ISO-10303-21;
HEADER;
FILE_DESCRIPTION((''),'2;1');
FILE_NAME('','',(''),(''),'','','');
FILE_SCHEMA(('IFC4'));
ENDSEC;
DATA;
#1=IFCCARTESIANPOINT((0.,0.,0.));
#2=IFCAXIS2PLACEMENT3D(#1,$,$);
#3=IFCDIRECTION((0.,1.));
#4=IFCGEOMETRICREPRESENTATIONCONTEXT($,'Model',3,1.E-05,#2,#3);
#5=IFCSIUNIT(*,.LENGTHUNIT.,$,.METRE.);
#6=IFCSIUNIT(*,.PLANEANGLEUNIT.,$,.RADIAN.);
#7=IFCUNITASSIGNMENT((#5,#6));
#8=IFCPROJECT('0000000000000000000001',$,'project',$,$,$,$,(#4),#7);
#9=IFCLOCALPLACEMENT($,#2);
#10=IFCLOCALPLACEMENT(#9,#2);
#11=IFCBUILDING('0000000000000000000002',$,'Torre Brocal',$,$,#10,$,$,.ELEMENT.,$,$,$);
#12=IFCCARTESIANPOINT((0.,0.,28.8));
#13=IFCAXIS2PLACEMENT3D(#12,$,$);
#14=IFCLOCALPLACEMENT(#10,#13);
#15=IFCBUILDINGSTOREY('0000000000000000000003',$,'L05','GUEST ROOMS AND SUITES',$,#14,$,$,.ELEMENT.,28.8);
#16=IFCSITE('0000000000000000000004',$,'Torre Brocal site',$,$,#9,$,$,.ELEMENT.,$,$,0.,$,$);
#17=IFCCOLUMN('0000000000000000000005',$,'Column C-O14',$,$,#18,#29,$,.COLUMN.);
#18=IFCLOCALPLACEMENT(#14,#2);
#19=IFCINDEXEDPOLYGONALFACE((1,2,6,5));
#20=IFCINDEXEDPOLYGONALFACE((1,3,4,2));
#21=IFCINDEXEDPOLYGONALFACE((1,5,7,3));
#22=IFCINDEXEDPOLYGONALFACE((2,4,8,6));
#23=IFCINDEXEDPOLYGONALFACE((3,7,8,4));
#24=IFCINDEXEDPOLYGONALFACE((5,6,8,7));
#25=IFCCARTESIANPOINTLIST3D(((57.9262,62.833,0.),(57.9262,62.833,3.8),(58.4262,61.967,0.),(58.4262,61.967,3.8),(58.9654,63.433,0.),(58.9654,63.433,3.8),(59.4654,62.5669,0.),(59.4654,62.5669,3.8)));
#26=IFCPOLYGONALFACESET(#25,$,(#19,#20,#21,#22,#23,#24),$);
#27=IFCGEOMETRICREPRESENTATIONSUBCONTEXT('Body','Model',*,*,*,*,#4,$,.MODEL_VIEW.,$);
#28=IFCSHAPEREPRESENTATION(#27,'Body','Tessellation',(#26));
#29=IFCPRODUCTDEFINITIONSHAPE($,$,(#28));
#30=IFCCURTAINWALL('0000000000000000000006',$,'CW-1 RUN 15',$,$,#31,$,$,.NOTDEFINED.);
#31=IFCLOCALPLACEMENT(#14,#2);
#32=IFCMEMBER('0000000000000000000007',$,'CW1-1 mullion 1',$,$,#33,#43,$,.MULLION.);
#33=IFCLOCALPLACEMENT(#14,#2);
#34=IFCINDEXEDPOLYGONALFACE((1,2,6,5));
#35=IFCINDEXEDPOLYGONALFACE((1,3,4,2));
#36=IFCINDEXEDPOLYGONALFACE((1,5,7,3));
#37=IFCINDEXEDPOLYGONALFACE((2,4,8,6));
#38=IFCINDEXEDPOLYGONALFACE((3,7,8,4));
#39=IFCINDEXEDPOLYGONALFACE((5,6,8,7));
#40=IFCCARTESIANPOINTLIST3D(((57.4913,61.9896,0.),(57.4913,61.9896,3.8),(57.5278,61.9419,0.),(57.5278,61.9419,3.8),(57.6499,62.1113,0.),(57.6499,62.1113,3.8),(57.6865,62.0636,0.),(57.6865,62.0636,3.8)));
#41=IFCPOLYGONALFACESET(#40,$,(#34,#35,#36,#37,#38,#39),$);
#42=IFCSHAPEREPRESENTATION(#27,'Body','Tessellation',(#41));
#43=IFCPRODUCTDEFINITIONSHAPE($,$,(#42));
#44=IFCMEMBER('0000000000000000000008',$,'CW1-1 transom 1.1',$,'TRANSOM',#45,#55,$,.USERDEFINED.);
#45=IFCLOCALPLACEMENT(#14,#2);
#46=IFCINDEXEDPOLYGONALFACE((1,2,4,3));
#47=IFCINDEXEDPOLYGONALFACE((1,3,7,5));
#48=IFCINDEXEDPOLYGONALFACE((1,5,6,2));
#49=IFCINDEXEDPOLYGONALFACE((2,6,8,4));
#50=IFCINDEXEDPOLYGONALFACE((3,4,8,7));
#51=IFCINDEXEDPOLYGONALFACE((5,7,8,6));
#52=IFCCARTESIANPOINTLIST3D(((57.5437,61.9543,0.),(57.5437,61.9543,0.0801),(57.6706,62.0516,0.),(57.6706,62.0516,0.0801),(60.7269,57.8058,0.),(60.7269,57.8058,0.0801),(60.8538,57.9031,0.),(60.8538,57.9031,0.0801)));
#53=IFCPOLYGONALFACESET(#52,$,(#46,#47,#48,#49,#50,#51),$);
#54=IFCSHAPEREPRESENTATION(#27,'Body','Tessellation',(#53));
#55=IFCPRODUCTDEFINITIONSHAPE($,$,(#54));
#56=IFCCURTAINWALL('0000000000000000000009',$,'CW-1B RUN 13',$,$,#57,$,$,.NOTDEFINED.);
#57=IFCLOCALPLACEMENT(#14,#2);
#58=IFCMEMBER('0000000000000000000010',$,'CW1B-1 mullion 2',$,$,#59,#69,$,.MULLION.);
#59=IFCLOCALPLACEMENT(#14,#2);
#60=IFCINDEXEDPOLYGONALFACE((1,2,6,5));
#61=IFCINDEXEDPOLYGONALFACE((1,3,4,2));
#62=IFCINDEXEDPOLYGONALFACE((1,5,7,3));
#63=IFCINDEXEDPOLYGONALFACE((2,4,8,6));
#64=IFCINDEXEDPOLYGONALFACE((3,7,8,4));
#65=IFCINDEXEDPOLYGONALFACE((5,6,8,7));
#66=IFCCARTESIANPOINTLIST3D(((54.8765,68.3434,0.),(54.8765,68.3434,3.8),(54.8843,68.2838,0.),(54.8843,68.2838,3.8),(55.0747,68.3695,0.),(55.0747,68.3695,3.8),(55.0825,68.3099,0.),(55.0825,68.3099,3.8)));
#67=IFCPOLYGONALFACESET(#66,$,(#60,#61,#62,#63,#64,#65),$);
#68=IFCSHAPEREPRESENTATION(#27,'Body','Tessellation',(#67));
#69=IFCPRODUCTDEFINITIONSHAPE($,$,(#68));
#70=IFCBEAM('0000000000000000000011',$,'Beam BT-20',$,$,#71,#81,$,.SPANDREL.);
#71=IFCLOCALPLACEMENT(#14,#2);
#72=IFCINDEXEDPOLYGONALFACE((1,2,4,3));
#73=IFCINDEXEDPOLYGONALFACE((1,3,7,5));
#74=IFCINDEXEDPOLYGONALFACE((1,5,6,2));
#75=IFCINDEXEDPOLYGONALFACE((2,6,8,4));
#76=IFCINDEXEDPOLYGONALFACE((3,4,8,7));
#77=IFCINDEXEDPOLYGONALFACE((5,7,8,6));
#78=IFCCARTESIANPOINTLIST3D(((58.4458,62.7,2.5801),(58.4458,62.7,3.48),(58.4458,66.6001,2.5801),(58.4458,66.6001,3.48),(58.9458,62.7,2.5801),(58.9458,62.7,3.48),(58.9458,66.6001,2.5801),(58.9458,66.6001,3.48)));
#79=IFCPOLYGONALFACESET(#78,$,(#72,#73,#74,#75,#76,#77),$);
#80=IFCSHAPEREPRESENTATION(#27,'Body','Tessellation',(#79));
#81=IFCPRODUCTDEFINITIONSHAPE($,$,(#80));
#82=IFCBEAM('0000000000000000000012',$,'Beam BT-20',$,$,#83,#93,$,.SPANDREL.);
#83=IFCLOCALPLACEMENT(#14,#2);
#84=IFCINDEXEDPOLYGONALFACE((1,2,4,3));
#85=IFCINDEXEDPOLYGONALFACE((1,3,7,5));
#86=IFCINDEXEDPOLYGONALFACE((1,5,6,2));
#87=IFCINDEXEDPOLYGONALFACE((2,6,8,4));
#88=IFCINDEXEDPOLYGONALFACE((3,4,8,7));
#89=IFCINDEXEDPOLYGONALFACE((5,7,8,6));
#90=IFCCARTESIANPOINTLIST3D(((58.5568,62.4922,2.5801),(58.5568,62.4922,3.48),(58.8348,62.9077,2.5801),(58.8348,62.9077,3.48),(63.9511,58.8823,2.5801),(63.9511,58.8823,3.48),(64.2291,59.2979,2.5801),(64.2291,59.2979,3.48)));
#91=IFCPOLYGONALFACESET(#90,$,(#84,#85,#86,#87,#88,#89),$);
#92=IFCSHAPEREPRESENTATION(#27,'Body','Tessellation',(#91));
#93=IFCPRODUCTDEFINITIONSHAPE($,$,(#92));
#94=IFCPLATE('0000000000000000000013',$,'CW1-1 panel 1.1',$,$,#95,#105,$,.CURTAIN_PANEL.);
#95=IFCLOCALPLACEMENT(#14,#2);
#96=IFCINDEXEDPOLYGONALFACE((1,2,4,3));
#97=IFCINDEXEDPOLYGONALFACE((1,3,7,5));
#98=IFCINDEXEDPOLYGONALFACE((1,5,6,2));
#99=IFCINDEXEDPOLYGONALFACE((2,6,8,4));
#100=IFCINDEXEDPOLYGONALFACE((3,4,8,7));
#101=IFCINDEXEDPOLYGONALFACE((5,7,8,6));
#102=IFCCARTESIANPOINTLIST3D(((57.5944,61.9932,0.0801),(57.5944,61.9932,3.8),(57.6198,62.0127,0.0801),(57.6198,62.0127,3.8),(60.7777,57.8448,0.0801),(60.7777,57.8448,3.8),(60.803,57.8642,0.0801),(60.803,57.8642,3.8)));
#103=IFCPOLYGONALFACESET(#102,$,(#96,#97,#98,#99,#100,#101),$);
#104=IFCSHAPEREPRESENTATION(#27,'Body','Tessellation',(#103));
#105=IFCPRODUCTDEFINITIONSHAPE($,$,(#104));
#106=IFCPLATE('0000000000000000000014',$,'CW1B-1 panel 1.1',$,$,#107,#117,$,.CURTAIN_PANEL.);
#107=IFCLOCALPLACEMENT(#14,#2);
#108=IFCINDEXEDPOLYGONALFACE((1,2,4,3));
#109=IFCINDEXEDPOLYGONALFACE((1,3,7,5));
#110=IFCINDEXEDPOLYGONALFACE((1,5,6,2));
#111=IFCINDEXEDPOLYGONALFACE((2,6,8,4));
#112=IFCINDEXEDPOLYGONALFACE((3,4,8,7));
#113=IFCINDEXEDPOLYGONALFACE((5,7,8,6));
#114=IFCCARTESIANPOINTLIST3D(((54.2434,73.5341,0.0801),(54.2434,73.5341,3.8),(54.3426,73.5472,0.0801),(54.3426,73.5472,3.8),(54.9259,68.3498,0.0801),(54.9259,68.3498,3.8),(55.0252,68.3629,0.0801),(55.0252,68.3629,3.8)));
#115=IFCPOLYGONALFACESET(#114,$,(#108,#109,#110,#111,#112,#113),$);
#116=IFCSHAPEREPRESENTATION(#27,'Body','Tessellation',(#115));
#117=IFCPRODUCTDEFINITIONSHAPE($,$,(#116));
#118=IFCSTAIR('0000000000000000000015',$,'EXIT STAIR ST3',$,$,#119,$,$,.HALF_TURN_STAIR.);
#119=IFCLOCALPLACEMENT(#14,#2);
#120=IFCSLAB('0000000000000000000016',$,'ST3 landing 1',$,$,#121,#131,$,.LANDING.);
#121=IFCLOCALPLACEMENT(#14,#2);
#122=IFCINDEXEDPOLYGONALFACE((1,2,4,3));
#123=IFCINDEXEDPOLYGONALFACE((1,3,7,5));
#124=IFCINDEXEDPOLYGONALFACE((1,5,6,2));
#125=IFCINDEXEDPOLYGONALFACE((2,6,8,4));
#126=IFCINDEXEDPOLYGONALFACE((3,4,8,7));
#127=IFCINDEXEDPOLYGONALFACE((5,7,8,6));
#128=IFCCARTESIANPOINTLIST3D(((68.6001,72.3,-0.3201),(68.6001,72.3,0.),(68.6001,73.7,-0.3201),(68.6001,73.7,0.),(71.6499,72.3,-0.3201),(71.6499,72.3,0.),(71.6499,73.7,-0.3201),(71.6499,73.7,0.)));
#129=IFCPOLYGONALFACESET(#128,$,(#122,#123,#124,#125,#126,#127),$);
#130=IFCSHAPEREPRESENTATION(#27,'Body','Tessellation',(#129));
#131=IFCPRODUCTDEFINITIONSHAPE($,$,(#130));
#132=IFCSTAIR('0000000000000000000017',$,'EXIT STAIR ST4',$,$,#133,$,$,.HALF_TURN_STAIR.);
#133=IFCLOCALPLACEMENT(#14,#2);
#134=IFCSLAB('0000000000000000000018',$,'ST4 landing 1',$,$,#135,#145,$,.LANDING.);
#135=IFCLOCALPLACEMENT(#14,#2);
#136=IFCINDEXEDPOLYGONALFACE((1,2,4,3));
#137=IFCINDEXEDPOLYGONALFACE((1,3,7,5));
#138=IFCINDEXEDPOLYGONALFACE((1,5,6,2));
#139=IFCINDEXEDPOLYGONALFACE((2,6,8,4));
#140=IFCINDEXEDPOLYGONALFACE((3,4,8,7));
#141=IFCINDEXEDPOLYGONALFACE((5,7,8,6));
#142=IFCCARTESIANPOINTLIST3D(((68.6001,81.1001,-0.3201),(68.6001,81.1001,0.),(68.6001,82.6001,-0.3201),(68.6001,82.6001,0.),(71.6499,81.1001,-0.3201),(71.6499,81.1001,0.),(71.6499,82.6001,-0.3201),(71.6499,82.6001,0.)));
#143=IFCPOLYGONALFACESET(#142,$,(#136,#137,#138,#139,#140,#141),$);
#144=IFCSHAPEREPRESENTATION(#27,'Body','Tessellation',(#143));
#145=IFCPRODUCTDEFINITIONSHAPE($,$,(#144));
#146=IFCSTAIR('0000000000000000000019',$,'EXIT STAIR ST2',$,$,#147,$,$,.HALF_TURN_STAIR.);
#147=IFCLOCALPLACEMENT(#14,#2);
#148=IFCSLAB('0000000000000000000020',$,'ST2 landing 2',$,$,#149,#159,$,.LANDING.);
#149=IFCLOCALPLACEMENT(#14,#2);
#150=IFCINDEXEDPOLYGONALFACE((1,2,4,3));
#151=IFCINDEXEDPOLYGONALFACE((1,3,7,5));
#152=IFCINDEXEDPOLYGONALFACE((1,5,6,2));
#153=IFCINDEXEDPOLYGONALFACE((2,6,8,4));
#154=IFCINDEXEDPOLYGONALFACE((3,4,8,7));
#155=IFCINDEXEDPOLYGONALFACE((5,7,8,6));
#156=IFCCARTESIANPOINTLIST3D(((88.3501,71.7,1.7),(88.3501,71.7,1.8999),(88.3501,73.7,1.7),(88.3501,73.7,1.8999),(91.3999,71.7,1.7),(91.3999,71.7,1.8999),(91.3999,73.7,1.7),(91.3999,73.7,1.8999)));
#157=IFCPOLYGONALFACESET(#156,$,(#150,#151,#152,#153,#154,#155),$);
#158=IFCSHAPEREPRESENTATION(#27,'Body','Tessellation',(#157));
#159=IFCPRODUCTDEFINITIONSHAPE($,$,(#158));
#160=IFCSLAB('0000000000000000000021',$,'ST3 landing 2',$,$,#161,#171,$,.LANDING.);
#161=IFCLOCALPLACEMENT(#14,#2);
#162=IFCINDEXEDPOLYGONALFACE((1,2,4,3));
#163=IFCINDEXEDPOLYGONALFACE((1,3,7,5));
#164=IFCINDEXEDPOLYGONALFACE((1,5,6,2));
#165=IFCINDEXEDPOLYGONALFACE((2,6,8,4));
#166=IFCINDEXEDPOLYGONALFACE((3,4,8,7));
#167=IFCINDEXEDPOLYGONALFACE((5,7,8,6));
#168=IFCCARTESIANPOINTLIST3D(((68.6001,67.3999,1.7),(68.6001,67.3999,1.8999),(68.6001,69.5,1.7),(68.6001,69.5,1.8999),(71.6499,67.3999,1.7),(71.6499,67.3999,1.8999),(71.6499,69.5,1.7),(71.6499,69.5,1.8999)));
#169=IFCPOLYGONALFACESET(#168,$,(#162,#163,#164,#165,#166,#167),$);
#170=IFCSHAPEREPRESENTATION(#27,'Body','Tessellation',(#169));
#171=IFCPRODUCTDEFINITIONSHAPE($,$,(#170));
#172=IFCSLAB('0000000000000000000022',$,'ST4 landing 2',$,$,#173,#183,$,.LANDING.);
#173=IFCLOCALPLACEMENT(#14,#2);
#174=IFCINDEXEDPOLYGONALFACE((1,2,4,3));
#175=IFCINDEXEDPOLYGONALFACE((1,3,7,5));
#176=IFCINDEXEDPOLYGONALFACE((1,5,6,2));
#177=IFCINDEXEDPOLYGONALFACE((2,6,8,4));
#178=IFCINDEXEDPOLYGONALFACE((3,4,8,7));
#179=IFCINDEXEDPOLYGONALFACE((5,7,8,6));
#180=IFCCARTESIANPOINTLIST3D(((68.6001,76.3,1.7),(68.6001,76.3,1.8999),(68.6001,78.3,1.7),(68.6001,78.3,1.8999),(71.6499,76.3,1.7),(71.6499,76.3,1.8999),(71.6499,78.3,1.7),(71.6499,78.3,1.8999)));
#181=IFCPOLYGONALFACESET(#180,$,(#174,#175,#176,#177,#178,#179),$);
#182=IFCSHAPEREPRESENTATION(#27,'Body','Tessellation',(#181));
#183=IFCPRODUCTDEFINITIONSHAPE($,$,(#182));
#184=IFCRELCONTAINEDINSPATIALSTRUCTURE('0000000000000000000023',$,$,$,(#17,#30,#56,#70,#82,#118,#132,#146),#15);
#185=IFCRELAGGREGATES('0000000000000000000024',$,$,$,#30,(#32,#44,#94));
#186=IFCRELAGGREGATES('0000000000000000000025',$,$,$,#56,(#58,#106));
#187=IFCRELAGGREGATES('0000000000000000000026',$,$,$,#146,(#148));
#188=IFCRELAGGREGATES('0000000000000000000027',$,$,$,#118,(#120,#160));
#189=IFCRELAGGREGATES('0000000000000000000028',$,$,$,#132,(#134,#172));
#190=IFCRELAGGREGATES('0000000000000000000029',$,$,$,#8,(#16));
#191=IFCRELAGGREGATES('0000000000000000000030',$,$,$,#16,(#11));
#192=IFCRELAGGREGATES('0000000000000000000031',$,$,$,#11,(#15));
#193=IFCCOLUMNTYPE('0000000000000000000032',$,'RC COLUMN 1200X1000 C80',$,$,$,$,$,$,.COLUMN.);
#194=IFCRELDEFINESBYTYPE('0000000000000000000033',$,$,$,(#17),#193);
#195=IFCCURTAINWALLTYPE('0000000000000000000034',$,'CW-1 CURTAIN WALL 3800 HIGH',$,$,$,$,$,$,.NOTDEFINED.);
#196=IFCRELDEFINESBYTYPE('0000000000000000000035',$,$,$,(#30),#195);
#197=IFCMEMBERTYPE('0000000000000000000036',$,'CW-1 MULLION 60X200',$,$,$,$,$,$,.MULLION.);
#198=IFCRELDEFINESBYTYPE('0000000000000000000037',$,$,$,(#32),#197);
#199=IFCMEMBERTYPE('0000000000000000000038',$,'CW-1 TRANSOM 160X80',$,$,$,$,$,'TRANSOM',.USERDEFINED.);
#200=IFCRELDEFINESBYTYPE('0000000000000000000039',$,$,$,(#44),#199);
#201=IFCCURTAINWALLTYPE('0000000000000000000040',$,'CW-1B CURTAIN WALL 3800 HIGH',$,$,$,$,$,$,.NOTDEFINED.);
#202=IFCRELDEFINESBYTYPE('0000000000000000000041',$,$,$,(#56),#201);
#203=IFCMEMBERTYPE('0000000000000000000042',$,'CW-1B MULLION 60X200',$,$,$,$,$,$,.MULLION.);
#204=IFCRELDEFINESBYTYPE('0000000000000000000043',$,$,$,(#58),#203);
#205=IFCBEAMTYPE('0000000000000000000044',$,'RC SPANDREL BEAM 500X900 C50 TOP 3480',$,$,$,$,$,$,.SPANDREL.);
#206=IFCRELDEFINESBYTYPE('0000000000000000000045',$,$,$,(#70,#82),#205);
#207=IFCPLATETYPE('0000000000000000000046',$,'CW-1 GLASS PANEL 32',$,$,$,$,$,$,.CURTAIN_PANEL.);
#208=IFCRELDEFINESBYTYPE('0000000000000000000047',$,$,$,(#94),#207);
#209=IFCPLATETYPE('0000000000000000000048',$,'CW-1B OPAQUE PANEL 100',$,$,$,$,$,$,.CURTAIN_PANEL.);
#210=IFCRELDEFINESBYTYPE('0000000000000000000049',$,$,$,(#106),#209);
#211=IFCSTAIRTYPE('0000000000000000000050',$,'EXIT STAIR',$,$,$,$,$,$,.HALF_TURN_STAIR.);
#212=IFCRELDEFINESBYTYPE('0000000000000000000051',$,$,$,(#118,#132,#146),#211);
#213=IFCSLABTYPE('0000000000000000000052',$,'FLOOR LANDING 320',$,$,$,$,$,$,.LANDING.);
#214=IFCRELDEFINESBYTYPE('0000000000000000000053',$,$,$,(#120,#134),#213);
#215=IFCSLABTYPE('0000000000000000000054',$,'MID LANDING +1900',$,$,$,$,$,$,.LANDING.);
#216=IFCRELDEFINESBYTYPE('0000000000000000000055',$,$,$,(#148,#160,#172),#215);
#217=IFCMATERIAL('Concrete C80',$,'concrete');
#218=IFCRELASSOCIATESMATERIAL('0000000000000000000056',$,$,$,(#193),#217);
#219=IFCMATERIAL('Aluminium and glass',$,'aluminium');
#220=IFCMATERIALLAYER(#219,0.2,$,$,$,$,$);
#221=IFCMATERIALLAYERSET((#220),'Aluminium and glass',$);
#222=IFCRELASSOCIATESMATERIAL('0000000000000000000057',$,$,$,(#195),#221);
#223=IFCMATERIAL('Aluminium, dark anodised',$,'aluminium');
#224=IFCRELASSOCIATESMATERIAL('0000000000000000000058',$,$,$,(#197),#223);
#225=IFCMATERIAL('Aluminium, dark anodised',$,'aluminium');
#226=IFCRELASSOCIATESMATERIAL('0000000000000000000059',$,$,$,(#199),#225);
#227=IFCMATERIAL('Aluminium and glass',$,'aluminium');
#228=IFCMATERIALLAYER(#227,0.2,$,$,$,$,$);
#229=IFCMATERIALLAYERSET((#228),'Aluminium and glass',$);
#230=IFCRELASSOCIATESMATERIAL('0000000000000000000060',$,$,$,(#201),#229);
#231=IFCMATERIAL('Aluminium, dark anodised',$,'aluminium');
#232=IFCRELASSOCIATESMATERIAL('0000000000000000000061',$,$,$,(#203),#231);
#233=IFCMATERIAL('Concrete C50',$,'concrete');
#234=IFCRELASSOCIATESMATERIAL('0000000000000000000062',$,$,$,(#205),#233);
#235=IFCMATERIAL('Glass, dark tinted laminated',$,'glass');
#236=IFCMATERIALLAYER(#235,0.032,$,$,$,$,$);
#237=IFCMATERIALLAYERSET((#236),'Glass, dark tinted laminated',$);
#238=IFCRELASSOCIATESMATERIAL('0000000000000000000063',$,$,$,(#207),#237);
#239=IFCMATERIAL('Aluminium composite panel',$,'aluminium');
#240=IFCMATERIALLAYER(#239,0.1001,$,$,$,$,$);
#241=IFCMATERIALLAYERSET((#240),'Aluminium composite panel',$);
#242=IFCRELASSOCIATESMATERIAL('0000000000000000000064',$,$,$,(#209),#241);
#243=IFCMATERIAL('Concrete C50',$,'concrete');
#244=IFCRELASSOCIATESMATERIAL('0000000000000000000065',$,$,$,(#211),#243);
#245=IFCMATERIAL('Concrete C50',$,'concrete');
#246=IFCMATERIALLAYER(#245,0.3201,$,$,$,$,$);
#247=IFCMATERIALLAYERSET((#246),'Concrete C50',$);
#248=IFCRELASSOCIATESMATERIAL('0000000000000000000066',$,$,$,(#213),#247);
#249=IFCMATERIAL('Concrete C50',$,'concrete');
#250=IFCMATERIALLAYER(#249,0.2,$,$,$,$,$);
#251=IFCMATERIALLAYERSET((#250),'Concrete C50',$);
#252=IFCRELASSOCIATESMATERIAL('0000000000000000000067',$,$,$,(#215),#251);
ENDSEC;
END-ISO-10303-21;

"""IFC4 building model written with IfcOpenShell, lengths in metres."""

from ifc_helpers import new_model, si_unit, direction, frame, origin, origin_2d, place, context, subcontext, project, spatial, polyline, rectangle, outline, extrude, material, layer, layer_set, material_profile, profile_set, type_object, element, aggregate, save


model = new_model("IFC4")

# Units and contexts
model_context = context("Model", 3, precision=1e-05, world=origin(), true_north=direction((0.0, 1.0)))
body_context = subcontext(model_context, "Body", "Model", "MODEL_VIEW")
ifc_project = project(units=[si_unit("LENGTHUNIT", "METRE"), si_unit("PLANEANGLEUNIT", "RADIAN")], contexts=[model_context])

# Site, building, storey
site_placement = place(None, origin())
site = spatial("IfcSite", under=ifc_project, at=site_placement, Name="Torre Brocal site", CompositionType="ELEMENT", RefElevation=0.0)
building_placement = place(site_placement, origin())
building = spatial("IfcBuilding", under=site, at=building_placement, Name="Torre Brocal", CompositionType="ELEMENT")
storey_placement = place(building_placement, frame((0.0, 0.0, 28.8)))
storey = spatial("IfcBuildingStorey", under=building, at=storey_placement, Name="L05", Description="GUEST ROOMS AND SUITES", CompositionType="ELEMENT", Elevation=28.8)

# Column
ifc_material_1 = material(Name="Concrete C80", Category="concrete")
ifc_material_profile_1 = material_profile(ifc_material_1, rectangle(XDim=1.2, YDim=1.0, at=origin_2d()), Name="RC 1200X1000")
ifc_profile_set_1 = profile_set([ifc_material_profile_1], Name="Concrete C80")
column_type = type_object("IfcColumnType", Name="RC COLUMN 1200X1000 C80", PredefinedType="COLUMN", material=ifc_profile_set_1)
column_placement = place(storey_placement, frame((58.6958, 62.7, 0.0), z_axis=(0.0, 0.0, 1.0), x_axis=(-0.866025, -0.5, 0.0)))
element("IfcColumn", 1, at=column_placement, inside=storey, type_object=column_type, Name="Column C-O14", PredefinedType="COLUMN", context=body_context, shape_type="SweptSolid", body=[
    extrude(rectangle(XDim=1.2, YDim=1.0, at=origin_2d()), origin(), (0.0, 0.0, 1.0), 3.8),
])

# Curtain wall, members
ifc_material_2 = material(Name="Aluminium and glass", Category="aluminium")
ifc_layer_1 = layer(ifc_material_2, 0.2)
ifc_layer_set_1 = layer_set([ifc_layer_1], Name="Aluminium and glass")
curtain_wall_type_1 = type_object("IfcCurtainWallType", Name="CW-1 CURTAIN WALL 3800 HIGH", PredefinedType="NOTDEFINED", material=ifc_layer_set_1)
curtain_wall_1_placement = place(storey_placement, origin())
curtain_wall_1 = element("IfcCurtainWall", 2, at=curtain_wall_1_placement, inside=storey, type_object=curtain_wall_type_1, Name="CW-1 RUN 15", PredefinedType="NOTDEFINED")
ifc_material_3 = material(Name="Aluminium, dark anodised", Category="aluminium")
ifc_material_profile_2 = material_profile(ifc_material_3, rectangle(XDim=0.2, YDim=0.0601, at=origin_2d()), Name="CW-1 MULLION 60X200")
ifc_profile_set_2 = profile_set([ifc_material_profile_2], Name="Aluminium, dark anodised")
member_type_1 = type_object("IfcMemberType", Name="CW-1 MULLION 60X200", PredefinedType="MULLION", material=ifc_profile_set_2)
member_1_placement = place(storey_placement, frame((57.5889, 62.0266, 0.0), z_axis=(0.0, 0.0, 1.0), x_axis=(0.793353, 0.608761, 0.0)))
member_1 = element("IfcMember", 3, at=member_1_placement, type_object=member_type_1, Name="CW1-1 mullion 1", PredefinedType="MULLION", context=body_context, shape_type="SweptSolid", body=[
    extrude(rectangle(XDim=0.2, YDim=0.0601, at=origin_2d()), origin(), (0.0, 0.0, 1.0), 3.8),
])
ifc_material_4 = material(Name="Aluminium, dark anodised", Category="aluminium")
ifc_material_profile_3 = material_profile(ifc_material_4, rectangle(XDim=0.1599, YDim=0.0801, at=origin_2d()), Name="CW-1 TRANSOM 160X80")
ifc_profile_set_3 = profile_set([ifc_material_profile_3], Name="Aluminium, dark anodised")
member_type_2 = type_object("IfcMemberType", Name="CW-1 TRANSOM 160X80", ElementType="TRANSOM", PredefinedType="USERDEFINED", material=ifc_profile_set_3)
member_2_placement = place(storey_placement, frame((57.6072, 62.0029, 0.04), z_axis=(0.608749, -0.793363, 0.0), x_axis=(0.793363, 0.608749, 0.0)))
member_2 = element("IfcMember", 4, at=member_2_placement, type_object=member_type_2, Name="CW1-1 transom 1.1", ObjectType="TRANSOM", PredefinedType="USERDEFINED", context=body_context, shape_type="SweptSolid", body=[
    extrude(rectangle(XDim=0.1599, YDim=0.0801, at=origin_2d()), origin(), (0.0, 0.0, 1.0), 5.229),
])

# Curtain wall, member
ifc_material_5 = material(Name="Aluminium and glass", Category="aluminium")
ifc_layer_2 = layer(ifc_material_5, 0.2)
ifc_layer_set_2 = layer_set([ifc_layer_2], Name="Aluminium and glass")
curtain_wall_type_2 = type_object("IfcCurtainWallType", Name="CW-1B CURTAIN WALL 3800 HIGH", PredefinedType="NOTDEFINED", material=ifc_layer_set_2)
curtain_wall_2_placement = place(storey_placement, origin())
curtain_wall_2 = element("IfcCurtainWall", 5, at=curtain_wall_2_placement, inside=storey, type_object=curtain_wall_type_2, Name="CW-1B RUN 13", PredefinedType="NOTDEFINED")
ifc_material_6 = material(Name="Aluminium, dark anodised", Category="aluminium")
ifc_material_profile_4 = material_profile(ifc_material_6, rectangle(XDim=0.2, YDim=0.0601, at=origin_2d()), Name="CW-1B MULLION 60X200")
ifc_profile_set_4 = profile_set([ifc_material_profile_4], Name="Aluminium, dark anodised")
member_type_3 = type_object("IfcMemberType", Name="CW-1B MULLION 60X200", PredefinedType="MULLION", material=ifc_profile_set_4)
member_3_placement = place(storey_placement, frame((54.9795, 68.3267, 0.0), z_axis=(0.0, 0.0, 1.0), x_axis=(0.991445, 0.130526, 0.0)))
member_3 = element("IfcMember", 6, at=member_3_placement, type_object=member_type_3, Name="CW1B-1 mullion 2", PredefinedType="MULLION", context=body_context, shape_type="SweptSolid", body=[
    extrude(rectangle(XDim=0.2, YDim=0.0601, at=origin_2d()), origin(), (0.0, 0.0, 1.0), 3.8),
])

# Beams
ifc_material_7 = material(Name="Concrete C50", Category="concrete")
ifc_material_profile_5 = material_profile(ifc_material_7, rectangle(XDim=0.5, YDim=0.8999, at=origin_2d()), Name="RC 500X900")
ifc_profile_set_5 = profile_set([ifc_material_profile_5], Name="Concrete C50")
beam_type = type_object("IfcBeamType", Name="RC SPANDREL BEAM 500X900 C50 TOP 3480", PredefinedType="SPANDREL", material=ifc_profile_set_5)
beam_1_placement = place(storey_placement, frame((58.6958, 62.7, 3.03), z_axis=(0.0, 1.0, 0.0), x_axis=(-1.0, 0.0, 0.0)))
element("IfcBeam", 7, at=beam_1_placement, inside=storey, type_object=beam_type, Name="Beam BT-20", PredefinedType="SPANDREL", context=body_context, shape_type="SweptSolid", body=[
    extrude(rectangle(XDim=0.5, YDim=0.8999, at=origin_2d()), origin(), (0.0, 0.0, 1.0), 3.9001),
])
beam_2_placement = place(storey_placement, frame((58.6958, 62.7, 3.03), z_axis=(0.831077, -0.556158, 0.0), x_axis=(0.556158, 0.831077, 0.0)))
element("IfcBeam", 8, at=beam_2_placement, inside=storey, type_object=beam_type, Name="Beam BT-20", PredefinedType="SPANDREL", context=body_context, shape_type="SweptSolid", body=[
    extrude(rectangle(XDim=0.5, YDim=0.8999, at=origin_2d()), origin(), (0.0, 0.0, 1.0), 6.4907),
])

# Plates
ifc_material_8 = material(Name="Glass, dark tinted laminated", Category="glass")
ifc_layer_3 = layer(ifc_material_8, 0.032)
ifc_layer_set_3 = layer_set([ifc_layer_3], Name="Glass, dark tinted laminated")
plate_type_1 = type_object("IfcPlateType", Name="CW-1 GLASS PANEL 32", PredefinedType="CURTAIN_PANEL", material=ifc_layer_set_3)
plate_1_placement = place(storey_placement, frame((59.1987, 59.9287, 0.0801), z_axis=(0.0, 0.0, 1.0), x_axis=(0.608761, -0.793353, 0.0)))
plate_1 = element("IfcPlate", 9, at=plate_1_placement, type_object=plate_type_1, Name="CW1-1 panel 1.1", PredefinedType="CURTAIN_PANEL", context=body_context, shape_type="SweptSolid", body=[
    extrude(rectangle(XDim=5.229, YDim=0.032, at=origin_2d()), origin(), (0.0, 0.0, 1.0), 3.72),
])
aggregate(curtain_wall_1, [member_1, member_2, plate_1])
ifc_material_9 = material(Name="Aluminium composite panel", Category="aluminium")
ifc_layer_4 = layer(ifc_material_9, 0.1001)
ifc_layer_set_4 = layer_set([ifc_layer_4], Name="Aluminium composite panel")
plate_type_2 = type_object("IfcPlateType", Name="CW-1B OPAQUE PANEL 100", PredefinedType="CURTAIN_PANEL", material=ifc_layer_set_4)
plate_2_placement = place(storey_placement, frame((54.6343, 70.9485, 0.0801), z_axis=(0.0, 0.0, 1.0), x_axis=(0.130526, -0.991445, 0.0)))
plate_2 = element("IfcPlate", 10, at=plate_2_placement, type_object=plate_type_2, Name="CW1B-1 panel 1.1", PredefinedType="CURTAIN_PANEL", context=body_context, shape_type="SweptSolid", body=[
    extrude(rectangle(XDim=5.229, YDim=0.1001, at=origin_2d()), origin(), (0.0, 0.0, 1.0), 3.72),
])
aggregate(curtain_wall_2, [member_3, plate_2])

# Stairs, slabs
ifc_material_10 = material(Name="Concrete C50", Category="concrete")
stair_type = type_object("IfcStairType", Name="EXIT STAIR", PredefinedType="HALF_TURN_STAIR", material=ifc_material_10)
stair_1_placement = place(storey_placement, origin())
stair_1 = element("IfcStair", 11, at=stair_1_placement, inside=storey, type_object=stair_type, Name="EXIT STAIR ST3", PredefinedType="HALF_TURN_STAIR")
ifc_material_11 = material(Name="Concrete C50", Category="concrete")
ifc_layer_5 = layer(ifc_material_11, 0.3201)
ifc_layer_set_5 = layer_set([ifc_layer_5], Name="Concrete C50")
slab_type_1 = type_object("IfcSlabType", Name="FLOOR LANDING 320", PredefinedType="LANDING", material=ifc_layer_set_5)
slab_1_placement = place(storey_placement, frame((0.0, 0.0, -0.3201)))
slab_1 = element("IfcSlab", 12, at=slab_1_placement, type_object=slab_type_1, Name="ST3 landing 1", PredefinedType="LANDING", context=body_context, shape_type="SweptSolid", body=[
    extrude(outline(polyline([(71.6499, 73.7), (68.6001, 73.7), (68.6001, 72.3), (71.6499, 72.3), (71.6499, 73.7)])), origin(), (0.0, 0.0, 1.0), 0.3201),
])
stair_2_placement = place(storey_placement, origin())
stair_2 = element("IfcStair", 13, at=stair_2_placement, inside=storey, type_object=stair_type, Name="EXIT STAIR ST4", PredefinedType="HALF_TURN_STAIR")
slab_2_placement = place(storey_placement, frame((0.0, 0.0, -0.3201)))
slab_2 = element("IfcSlab", 14, at=slab_2_placement, type_object=slab_type_1, Name="ST4 landing 1", PredefinedType="LANDING", context=body_context, shape_type="SweptSolid", body=[
    extrude(outline(polyline([(71.6499, 82.6001), (68.6001, 82.6001), (68.6001, 81.1001), (71.6499, 81.1001), (71.6499, 82.6001)])), origin(), (0.0, 0.0, 1.0), 0.3201),
])
stair_3_placement = place(storey_placement, origin())
stair_3 = element("IfcStair", 15, at=stair_3_placement, inside=storey, type_object=stair_type, Name="EXIT STAIR ST2", PredefinedType="HALF_TURN_STAIR")
ifc_material_12 = material(Name="Concrete C50", Category="concrete")
ifc_layer_6 = layer(ifc_material_12, 0.2)
ifc_layer_set_6 = layer_set([ifc_layer_6], Name="Concrete C50")
slab_type_2 = type_object("IfcSlabType", Name="MID LANDING +1900", PredefinedType="LANDING", material=ifc_layer_set_6)
slab_3_placement = place(storey_placement, frame((0.0, 0.0, 1.7)))
slab_3 = element("IfcSlab", 16, at=slab_3_placement, type_object=slab_type_2, Name="ST2 landing 2", PredefinedType="LANDING", context=body_context, shape_type="SweptSolid", body=[
    extrude(outline(polyline([(88.3501, 71.7), (91.3999, 71.7), (91.3999, 73.7), (88.3501, 73.7), (88.3501, 71.7)])), origin(), (0.0, 0.0, 1.0), 0.2),
])
aggregate(stair_3, [slab_3])

# Slabs
slab_4_placement = place(storey_placement, frame((0.0, 0.0, 1.7)))
slab_4 = element("IfcSlab", 17, at=slab_4_placement, type_object=slab_type_2, Name="ST3 landing 2", PredefinedType="LANDING", context=body_context, shape_type="SweptSolid", body=[
    extrude(outline(polyline([(71.6499, 69.5), (68.6001, 69.5), (68.6001, 67.3999), (71.6499, 67.3999), (71.6499, 69.5)])), origin(), (0.0, 0.0, 1.0), 0.2),
])
aggregate(stair_1, [slab_1, slab_4])
slab_5_placement = place(storey_placement, frame((0.0, 0.0, 1.7)))
slab_5 = element("IfcSlab", 18, at=slab_5_placement, type_object=slab_type_2, Name="ST4 landing 2", PredefinedType="LANDING", context=body_context, shape_type="SweptSolid", body=[
    extrude(outline(polyline([(71.6499, 78.3), (68.6001, 78.3), (68.6001, 76.3), (71.6499, 76.3), (71.6499, 78.3)])), origin(), (0.0, 0.0, 1.0), 0.2),
])
aggregate(stair_2, [slab_2, slab_5])

save(model, "model.ifc")
